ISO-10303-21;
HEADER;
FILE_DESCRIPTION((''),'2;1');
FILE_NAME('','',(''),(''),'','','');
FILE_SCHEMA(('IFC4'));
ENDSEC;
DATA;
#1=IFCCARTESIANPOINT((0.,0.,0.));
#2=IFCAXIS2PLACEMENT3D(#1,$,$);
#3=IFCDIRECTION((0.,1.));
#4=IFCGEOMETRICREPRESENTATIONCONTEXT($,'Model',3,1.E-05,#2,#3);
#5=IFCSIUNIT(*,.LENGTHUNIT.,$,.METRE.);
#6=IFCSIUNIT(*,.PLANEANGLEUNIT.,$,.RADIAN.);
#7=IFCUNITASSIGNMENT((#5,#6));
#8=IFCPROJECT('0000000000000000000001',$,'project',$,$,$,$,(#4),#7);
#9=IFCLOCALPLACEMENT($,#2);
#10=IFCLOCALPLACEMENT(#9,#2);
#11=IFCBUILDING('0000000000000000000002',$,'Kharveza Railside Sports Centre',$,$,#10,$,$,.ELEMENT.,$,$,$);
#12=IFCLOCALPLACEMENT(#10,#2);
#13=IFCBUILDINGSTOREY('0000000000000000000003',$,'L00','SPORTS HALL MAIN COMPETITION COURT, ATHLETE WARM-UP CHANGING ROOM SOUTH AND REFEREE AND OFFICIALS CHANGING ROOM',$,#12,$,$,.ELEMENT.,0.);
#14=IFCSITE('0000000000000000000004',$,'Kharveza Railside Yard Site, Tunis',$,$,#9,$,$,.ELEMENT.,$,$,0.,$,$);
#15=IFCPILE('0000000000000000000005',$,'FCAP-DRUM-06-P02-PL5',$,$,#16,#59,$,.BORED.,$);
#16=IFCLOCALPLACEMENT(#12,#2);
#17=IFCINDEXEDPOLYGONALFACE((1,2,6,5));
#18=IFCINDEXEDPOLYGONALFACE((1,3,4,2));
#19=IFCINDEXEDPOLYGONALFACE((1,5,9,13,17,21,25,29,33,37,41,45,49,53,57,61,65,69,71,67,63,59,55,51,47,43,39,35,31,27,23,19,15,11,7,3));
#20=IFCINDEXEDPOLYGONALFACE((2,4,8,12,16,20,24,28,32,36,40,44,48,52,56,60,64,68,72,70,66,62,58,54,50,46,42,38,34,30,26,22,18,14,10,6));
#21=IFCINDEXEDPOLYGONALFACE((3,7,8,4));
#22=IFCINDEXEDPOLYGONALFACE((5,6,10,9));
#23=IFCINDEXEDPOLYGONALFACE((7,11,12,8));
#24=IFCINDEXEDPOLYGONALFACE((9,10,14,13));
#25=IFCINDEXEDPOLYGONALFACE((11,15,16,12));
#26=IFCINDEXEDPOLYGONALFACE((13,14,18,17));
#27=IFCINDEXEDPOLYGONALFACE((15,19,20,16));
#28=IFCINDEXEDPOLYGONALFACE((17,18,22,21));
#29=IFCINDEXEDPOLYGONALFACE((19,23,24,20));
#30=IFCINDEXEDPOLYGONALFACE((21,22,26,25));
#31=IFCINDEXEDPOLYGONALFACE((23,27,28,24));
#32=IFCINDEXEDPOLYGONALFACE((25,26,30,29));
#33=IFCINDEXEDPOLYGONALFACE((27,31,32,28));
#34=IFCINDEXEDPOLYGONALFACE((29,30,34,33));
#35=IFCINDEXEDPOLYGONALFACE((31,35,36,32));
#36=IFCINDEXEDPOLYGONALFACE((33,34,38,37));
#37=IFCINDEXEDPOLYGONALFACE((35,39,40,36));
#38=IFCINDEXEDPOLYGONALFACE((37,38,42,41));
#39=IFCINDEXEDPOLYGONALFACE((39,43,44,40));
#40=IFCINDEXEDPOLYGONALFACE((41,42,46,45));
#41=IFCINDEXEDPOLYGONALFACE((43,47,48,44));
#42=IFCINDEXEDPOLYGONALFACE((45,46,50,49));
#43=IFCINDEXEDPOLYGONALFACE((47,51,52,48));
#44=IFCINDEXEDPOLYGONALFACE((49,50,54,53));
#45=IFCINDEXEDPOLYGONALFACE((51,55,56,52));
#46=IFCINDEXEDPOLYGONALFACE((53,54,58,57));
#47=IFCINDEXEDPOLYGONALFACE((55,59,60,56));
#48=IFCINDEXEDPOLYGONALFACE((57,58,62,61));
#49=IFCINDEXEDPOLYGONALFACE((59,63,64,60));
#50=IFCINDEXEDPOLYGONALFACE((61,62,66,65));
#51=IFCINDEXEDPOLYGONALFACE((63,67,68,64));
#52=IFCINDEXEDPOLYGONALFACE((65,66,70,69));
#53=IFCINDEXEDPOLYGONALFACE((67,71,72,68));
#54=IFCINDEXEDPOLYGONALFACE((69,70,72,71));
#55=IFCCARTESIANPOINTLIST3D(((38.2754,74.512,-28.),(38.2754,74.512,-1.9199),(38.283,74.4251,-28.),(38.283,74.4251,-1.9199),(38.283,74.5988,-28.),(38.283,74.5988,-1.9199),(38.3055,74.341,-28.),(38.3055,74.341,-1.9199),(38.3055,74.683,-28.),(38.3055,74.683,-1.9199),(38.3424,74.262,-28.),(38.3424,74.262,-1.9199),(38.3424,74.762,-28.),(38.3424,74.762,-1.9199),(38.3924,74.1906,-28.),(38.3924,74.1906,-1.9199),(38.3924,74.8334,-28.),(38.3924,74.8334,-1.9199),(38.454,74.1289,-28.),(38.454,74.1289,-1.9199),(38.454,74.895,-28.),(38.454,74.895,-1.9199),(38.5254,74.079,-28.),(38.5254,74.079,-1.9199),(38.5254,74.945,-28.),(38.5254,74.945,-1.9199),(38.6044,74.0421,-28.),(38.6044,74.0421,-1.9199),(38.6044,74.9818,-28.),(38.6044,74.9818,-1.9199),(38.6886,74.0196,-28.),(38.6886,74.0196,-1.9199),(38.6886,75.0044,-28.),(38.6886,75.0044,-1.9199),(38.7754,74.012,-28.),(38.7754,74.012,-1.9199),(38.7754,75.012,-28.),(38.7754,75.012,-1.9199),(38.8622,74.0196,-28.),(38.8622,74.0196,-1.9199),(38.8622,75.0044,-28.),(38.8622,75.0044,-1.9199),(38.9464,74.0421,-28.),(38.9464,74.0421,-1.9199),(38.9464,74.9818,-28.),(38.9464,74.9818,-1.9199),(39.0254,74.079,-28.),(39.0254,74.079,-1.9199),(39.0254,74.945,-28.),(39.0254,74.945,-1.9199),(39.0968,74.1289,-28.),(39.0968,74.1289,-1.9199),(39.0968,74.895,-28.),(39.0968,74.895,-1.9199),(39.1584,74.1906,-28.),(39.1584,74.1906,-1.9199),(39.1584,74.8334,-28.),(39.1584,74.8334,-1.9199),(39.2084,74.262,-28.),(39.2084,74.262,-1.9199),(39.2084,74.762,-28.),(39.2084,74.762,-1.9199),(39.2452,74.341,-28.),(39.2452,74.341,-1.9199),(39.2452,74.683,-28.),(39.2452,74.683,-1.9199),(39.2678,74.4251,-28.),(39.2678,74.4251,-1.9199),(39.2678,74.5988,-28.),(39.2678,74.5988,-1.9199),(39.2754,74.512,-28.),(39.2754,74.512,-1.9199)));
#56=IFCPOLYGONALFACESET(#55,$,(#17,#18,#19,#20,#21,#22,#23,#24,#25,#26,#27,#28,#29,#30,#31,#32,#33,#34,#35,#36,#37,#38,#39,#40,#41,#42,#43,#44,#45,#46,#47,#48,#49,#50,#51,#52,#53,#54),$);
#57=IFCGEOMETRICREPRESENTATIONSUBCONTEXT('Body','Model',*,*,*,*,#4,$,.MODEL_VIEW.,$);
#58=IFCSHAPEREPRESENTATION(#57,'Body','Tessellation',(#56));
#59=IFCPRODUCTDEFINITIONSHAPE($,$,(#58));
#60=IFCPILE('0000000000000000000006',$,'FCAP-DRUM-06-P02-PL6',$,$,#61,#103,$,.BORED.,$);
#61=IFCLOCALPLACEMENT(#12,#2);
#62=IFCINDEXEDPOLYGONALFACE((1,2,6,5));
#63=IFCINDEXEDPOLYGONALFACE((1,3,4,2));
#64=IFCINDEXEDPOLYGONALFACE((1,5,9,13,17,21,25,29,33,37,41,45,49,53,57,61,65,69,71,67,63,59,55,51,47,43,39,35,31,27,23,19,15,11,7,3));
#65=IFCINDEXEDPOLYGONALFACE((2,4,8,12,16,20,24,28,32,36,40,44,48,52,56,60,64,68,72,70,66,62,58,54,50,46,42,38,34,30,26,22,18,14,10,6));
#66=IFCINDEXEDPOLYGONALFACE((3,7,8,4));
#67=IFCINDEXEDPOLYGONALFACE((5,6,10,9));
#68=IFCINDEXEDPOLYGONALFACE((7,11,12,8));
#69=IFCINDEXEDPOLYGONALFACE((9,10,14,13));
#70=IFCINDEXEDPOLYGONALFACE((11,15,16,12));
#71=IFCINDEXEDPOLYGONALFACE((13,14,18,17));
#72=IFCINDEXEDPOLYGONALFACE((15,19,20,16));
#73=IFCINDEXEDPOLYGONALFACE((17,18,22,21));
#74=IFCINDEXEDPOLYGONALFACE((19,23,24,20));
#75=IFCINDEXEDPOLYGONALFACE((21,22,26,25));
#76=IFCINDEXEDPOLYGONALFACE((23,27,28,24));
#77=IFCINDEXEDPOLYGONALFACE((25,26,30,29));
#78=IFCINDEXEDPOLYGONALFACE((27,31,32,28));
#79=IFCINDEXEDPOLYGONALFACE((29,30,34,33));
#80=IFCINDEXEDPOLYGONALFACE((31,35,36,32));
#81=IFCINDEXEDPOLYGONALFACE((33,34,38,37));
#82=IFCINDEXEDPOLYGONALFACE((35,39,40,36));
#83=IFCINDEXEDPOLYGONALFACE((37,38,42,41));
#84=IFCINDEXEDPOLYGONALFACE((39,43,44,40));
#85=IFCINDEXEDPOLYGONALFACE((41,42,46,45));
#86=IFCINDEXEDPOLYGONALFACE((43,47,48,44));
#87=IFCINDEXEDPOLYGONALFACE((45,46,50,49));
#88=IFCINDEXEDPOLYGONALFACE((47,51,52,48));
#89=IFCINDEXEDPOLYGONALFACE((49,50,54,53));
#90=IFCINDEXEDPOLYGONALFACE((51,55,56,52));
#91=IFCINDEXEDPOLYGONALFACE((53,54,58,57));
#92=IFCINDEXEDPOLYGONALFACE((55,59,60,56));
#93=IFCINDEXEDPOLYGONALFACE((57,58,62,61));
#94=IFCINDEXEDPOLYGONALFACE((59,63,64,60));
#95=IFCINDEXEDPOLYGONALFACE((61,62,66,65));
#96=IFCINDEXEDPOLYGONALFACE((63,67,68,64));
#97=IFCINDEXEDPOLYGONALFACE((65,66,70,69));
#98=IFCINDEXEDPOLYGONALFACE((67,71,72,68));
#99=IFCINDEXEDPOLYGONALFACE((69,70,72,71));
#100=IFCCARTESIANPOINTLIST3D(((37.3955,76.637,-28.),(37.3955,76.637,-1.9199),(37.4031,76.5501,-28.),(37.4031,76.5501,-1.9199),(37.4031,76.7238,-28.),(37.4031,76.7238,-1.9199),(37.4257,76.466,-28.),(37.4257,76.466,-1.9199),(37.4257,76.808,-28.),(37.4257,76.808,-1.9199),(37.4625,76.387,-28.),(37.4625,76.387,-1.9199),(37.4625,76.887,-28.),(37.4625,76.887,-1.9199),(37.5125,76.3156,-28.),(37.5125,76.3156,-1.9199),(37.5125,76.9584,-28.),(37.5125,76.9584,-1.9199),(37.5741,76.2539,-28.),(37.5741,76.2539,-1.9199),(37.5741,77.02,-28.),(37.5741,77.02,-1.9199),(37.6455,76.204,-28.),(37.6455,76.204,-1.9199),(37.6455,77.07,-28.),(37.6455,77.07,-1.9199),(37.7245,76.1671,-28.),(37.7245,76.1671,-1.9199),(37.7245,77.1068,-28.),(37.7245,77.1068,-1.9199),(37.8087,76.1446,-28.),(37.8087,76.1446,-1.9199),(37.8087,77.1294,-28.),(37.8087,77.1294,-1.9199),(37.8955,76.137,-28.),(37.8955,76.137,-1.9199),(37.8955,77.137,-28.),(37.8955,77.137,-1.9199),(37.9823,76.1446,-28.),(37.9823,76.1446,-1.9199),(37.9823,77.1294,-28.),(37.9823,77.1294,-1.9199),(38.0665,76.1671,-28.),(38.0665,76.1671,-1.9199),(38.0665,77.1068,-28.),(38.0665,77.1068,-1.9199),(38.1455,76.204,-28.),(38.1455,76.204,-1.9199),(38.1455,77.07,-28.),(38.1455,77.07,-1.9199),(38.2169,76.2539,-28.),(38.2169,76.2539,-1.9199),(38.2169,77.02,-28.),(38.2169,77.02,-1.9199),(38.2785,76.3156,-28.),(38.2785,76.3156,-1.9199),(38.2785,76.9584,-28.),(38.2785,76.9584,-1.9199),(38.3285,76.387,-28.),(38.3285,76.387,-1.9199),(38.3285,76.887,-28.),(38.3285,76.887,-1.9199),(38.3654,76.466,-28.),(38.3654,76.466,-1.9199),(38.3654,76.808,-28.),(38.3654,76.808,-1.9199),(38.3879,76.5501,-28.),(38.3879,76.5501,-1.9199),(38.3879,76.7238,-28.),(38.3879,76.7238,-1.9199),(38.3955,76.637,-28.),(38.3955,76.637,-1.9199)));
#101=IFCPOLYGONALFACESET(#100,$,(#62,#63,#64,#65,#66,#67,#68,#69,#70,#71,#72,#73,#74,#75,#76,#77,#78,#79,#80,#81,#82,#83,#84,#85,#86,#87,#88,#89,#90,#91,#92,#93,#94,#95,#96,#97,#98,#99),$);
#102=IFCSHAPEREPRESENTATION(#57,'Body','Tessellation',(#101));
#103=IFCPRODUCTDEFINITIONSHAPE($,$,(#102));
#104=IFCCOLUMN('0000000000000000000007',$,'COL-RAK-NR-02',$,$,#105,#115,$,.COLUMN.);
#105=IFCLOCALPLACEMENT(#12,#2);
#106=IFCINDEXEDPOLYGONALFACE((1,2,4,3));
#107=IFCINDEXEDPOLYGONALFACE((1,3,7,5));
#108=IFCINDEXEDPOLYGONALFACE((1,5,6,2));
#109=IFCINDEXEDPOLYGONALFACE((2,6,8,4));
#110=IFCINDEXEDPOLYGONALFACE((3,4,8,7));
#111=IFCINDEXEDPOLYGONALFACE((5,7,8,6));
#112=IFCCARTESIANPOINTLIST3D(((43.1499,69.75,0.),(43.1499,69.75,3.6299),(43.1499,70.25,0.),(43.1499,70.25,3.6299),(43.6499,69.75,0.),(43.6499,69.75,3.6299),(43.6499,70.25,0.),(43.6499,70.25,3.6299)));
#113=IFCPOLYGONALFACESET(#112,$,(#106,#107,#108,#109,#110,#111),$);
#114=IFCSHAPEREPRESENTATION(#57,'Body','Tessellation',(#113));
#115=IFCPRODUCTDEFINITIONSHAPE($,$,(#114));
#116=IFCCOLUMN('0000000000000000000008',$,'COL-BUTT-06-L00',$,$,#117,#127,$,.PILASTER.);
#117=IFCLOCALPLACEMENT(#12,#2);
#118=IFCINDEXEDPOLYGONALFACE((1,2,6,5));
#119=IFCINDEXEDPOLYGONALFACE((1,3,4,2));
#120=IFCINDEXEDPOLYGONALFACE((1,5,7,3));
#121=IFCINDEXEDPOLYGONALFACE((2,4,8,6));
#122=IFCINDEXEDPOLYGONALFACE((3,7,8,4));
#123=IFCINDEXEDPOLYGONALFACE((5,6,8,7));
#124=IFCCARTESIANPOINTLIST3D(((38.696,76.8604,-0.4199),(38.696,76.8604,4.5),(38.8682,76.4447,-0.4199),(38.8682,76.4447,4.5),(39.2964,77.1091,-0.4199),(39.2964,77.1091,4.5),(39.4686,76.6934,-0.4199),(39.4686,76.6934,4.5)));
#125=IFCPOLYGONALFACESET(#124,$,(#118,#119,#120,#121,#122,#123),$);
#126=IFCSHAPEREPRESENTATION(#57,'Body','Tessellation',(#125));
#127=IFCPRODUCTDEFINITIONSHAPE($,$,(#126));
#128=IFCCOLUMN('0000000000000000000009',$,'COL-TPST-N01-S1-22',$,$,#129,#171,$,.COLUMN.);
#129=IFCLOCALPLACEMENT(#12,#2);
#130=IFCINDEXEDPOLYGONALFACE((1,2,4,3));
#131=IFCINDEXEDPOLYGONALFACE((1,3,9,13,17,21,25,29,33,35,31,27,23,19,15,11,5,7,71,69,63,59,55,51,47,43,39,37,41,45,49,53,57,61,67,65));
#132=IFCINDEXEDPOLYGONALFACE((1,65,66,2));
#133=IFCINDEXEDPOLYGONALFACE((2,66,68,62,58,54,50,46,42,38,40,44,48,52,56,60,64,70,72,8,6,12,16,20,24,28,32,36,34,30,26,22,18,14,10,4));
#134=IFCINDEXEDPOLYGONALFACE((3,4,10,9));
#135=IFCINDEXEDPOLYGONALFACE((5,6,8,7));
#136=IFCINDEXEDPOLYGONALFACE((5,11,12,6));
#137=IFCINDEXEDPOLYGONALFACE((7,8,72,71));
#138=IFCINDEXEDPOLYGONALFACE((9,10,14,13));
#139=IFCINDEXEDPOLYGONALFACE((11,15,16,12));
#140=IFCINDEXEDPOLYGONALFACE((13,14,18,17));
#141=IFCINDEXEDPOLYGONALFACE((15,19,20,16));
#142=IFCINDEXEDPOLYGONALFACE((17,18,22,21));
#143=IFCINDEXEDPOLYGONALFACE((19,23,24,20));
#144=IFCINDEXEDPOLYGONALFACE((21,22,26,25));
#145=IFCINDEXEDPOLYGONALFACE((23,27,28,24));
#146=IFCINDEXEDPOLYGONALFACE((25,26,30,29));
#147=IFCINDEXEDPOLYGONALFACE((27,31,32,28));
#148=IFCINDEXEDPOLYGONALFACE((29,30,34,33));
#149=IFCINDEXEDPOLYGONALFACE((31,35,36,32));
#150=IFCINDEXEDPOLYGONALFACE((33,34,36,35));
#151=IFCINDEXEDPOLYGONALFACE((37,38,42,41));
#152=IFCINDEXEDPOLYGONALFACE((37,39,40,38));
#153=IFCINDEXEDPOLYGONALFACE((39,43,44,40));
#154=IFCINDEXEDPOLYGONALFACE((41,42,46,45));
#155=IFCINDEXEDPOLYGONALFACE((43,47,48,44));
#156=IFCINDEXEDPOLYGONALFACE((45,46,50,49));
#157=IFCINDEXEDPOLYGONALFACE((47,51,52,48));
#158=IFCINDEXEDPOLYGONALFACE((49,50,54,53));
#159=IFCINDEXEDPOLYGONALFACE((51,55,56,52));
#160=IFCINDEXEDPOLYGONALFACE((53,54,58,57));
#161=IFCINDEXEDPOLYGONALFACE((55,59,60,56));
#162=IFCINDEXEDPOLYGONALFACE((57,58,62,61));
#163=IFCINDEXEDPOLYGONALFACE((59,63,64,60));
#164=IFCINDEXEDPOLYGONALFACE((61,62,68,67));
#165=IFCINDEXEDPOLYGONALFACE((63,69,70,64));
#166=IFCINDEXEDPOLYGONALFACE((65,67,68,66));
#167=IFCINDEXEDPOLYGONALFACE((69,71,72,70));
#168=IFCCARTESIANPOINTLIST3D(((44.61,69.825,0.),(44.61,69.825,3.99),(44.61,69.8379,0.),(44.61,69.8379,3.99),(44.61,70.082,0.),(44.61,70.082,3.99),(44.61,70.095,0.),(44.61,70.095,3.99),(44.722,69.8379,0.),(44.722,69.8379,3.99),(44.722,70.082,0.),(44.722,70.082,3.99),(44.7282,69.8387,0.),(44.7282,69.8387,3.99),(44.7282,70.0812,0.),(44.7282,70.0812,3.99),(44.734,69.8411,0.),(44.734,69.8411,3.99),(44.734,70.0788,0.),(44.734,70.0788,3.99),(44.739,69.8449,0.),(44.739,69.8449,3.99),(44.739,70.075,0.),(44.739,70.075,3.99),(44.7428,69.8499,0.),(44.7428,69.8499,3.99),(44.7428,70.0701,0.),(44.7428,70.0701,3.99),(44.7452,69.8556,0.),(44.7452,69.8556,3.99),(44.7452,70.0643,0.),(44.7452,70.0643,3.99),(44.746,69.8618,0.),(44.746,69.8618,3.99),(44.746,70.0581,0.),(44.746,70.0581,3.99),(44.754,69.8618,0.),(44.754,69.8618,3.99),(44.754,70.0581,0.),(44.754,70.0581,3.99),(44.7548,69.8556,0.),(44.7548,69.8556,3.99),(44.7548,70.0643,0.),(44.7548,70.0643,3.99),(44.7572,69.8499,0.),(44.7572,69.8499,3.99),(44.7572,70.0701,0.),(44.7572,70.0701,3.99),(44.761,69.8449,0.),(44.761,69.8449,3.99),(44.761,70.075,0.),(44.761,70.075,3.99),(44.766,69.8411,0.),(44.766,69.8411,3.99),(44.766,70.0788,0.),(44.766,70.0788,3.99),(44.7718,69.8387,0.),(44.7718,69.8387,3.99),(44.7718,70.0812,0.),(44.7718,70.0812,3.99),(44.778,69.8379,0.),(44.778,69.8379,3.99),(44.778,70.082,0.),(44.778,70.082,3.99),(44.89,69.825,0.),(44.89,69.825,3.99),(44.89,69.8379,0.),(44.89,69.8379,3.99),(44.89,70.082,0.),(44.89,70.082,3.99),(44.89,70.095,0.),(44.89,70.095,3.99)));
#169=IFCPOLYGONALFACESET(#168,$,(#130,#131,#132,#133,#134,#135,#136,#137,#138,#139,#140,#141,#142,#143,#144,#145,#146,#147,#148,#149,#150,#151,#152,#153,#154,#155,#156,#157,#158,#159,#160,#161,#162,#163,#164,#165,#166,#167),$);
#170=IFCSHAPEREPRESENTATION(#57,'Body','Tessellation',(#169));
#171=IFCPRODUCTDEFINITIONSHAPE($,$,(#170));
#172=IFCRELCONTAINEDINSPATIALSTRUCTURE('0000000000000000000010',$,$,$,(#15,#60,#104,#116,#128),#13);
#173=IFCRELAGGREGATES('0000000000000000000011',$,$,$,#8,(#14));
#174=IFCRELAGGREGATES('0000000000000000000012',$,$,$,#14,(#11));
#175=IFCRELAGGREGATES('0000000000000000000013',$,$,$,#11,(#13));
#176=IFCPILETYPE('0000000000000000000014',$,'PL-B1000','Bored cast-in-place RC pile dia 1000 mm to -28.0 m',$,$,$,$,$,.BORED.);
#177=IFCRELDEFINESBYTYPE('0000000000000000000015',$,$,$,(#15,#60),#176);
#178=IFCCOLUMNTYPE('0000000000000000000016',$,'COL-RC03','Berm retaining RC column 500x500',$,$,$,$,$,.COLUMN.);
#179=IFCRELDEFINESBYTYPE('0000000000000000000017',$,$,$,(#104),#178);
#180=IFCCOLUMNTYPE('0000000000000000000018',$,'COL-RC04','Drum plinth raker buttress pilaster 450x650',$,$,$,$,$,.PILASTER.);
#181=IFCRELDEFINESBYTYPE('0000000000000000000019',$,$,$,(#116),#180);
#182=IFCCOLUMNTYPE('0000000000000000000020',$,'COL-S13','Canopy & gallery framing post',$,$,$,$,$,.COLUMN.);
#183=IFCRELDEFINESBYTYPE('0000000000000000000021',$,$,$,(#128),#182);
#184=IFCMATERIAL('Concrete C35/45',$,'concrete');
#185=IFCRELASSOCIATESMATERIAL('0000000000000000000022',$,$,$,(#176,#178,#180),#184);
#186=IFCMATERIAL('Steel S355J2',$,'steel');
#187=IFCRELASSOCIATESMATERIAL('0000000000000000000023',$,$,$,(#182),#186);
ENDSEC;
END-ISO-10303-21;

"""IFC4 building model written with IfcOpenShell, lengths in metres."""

from ifc_helpers import new_model, si_unit, direction, frame, origin, origin_2d, place, context, subcontext, project, spatial, rectangle, circle, i_section, extrude, material, material_profile, profile_set, type_object, element, save


model = new_model("IFC4")

# Units and contexts
model_context = context("Model", 3, precision=1e-05, world=origin(), true_north=direction((0.0, 1.0)))
body_context = subcontext(model_context, "Body", "Model", "MODEL_VIEW")
ifc_project = project(units=[si_unit("LENGTHUNIT", "METRE"), si_unit("PLANEANGLEUNIT", "RADIAN")], contexts=[model_context])

# Site, building, storey
site_placement = place(None, origin())
site = spatial("IfcSite", under=ifc_project, at=site_placement, Name="Kharveza Railside Yard Site, Tunis", CompositionType="ELEMENT", RefElevation=0.0)
building_placement = place(site_placement, origin())
building = spatial("IfcBuilding", under=site, at=building_placement, Name="Kharveza Railside Sports Centre", CompositionType="ELEMENT")
storey_placement = place(building_placement, origin())
storey = spatial("IfcBuildingStorey", under=building, at=storey_placement, Name="L00", Description="SPORTS HALL MAIN COMPETITION COURT, ATHLETE WARM-UP CHANGING ROOM SOUTH AND REFEREE AND OFFICIALS CHANGING ROOM", CompositionType="ELEMENT", Elevation=0.0)

# Shared definitions
ifc_material_1 = material(Name="Concrete C35/45", Category="concrete")

# Piles
ifc_material_profile_1 = material_profile(ifc_material_1, circle(Radius=0.5, at=origin_2d()), Name="PILE D1000")
ifc_profile_set_1 = profile_set([ifc_material_profile_1], Name="Concrete C35/45")
pile_type = type_object("IfcPileType", Name="PL-B1000", Description="Bored cast-in-place RC pile dia 1000 mm to -28.0 m", PredefinedType="BORED", material=ifc_profile_set_1)
for number, where, z_axis, x_axis, name in (
    (1, (38.7754, 74.512, -1.9199), (0.0, 0.0, -1.0), (1.0, 0.0, 0.0), "FCAP-DRUM-06-P02-PL5"),
    (2, (37.8955, 76.637, -1.9199), (0.0, 0.0, -1.0), (1.0, 0.0, 0.0), "FCAP-DRUM-06-P02-PL6"),
):
    element("IfcPile", number, at=place(storey_placement, frame(where, z_axis=z_axis, x_axis=x_axis)), inside=storey, type_object=pile_type, Name=name, PredefinedType="BORED", context=body_context, shape_type="SweptSolid", body=[
        extrude(circle(Radius=0.5, at=origin_2d()), origin(), (0.0, 0.0, 1.0), 26.0801),
    ])

# Columns
ifc_material_profile_2 = material_profile(ifc_material_1, rectangle(XDim=0.5, YDim=0.5, at=origin_2d()), Name="RC 500x500")
ifc_profile_set_2 = profile_set([ifc_material_profile_2], Name="Concrete C35/45")
column_type_1 = type_object("IfcColumnType", Name="COL-RC03", Description="Berm retaining RC column 500x500", PredefinedType="COLUMN", material=ifc_profile_set_2)
column_1_placement = place(storey_placement, frame((43.3999, 70.0, 0.0), z_axis=(0.0, 0.0, 1.0), x_axis=(1.0, 0.0, 0.0)))
element("IfcColumn", 3, at=column_1_placement, inside=storey, type_object=column_type_1, Name="COL-RAK-NR-02", PredefinedType="COLUMN", context=body_context, shape_type="SweptSolid", body=[
    extrude(rectangle(XDim=0.5, YDim=0.5, at=origin_2d()), origin(), (0.0, 0.0, 1.0), 3.6299),
])
ifc_material_profile_3 = material_profile(ifc_material_1, rectangle(XDim=0.45, YDim=0.6499, at=origin_2d()), Name="RC 450x650")
ifc_profile_set_3 = profile_set([ifc_material_profile_3], Name="Concrete C35/45")
column_type_2 = type_object("IfcColumnType", Name="COL-RC04", Description="Drum plinth raker buttress pilaster 450x650", PredefinedType="PILASTER", material=ifc_profile_set_3)
column_2_placement = place(storey_placement, frame((39.0823, 76.7769, -0.4199), z_axis=(0.0, 0.0, 1.0), x_axis=(-0.382683, 0.92388, 0.0)))
element("IfcColumn", 4, at=column_2_placement, inside=storey, type_object=column_type_2, Name="COL-BUTT-06-L00", PredefinedType="PILASTER", context=body_context, shape_type="SweptSolid", body=[
    extrude(rectangle(XDim=0.45, YDim=0.6499, at=origin_2d()), origin(), (0.0, 0.0, 1.0), 4.9199),
])
ifc_material_2 = material(Name="Steel S355J2", Category="steel")
ifc_material_profile_4 = material_profile(ifc_material_2, i_section(OverallWidth=0.28, OverallDepth=0.27, WebThickness=0.0081, FlangeThickness=0.0129, FilletRadius=0.0239, at=origin_2d()), Name="HEA 280")
ifc_profile_set_4 = profile_set([ifc_material_profile_4], Name="Steel S355J2")
column_type_3 = type_object("IfcColumnType", Name="COL-S13", Description="Canopy & gallery framing post", PredefinedType="COLUMN", material=ifc_profile_set_4)
column_3_placement = place(storey_placement, frame((44.75, 69.96, 0.0), z_axis=(0.0, 0.0, 1.0), x_axis=(1.0, 0.0, 0.0)))
element("IfcColumn", 5, at=column_3_placement, inside=storey, type_object=column_type_3, Name="COL-TPST-N01-S1-22", PredefinedType="COLUMN", context=body_context, shape_type="SweptSolid", body=[
    extrude(i_section(OverallWidth=0.28, OverallDepth=0.27, WebThickness=0.0081, FlangeThickness=0.0129, FilletRadius=0.0239, at=origin_2d()), origin(), (0.0, 0.0, 1.0), 3.99),
])

save(model, "model.ifc")
